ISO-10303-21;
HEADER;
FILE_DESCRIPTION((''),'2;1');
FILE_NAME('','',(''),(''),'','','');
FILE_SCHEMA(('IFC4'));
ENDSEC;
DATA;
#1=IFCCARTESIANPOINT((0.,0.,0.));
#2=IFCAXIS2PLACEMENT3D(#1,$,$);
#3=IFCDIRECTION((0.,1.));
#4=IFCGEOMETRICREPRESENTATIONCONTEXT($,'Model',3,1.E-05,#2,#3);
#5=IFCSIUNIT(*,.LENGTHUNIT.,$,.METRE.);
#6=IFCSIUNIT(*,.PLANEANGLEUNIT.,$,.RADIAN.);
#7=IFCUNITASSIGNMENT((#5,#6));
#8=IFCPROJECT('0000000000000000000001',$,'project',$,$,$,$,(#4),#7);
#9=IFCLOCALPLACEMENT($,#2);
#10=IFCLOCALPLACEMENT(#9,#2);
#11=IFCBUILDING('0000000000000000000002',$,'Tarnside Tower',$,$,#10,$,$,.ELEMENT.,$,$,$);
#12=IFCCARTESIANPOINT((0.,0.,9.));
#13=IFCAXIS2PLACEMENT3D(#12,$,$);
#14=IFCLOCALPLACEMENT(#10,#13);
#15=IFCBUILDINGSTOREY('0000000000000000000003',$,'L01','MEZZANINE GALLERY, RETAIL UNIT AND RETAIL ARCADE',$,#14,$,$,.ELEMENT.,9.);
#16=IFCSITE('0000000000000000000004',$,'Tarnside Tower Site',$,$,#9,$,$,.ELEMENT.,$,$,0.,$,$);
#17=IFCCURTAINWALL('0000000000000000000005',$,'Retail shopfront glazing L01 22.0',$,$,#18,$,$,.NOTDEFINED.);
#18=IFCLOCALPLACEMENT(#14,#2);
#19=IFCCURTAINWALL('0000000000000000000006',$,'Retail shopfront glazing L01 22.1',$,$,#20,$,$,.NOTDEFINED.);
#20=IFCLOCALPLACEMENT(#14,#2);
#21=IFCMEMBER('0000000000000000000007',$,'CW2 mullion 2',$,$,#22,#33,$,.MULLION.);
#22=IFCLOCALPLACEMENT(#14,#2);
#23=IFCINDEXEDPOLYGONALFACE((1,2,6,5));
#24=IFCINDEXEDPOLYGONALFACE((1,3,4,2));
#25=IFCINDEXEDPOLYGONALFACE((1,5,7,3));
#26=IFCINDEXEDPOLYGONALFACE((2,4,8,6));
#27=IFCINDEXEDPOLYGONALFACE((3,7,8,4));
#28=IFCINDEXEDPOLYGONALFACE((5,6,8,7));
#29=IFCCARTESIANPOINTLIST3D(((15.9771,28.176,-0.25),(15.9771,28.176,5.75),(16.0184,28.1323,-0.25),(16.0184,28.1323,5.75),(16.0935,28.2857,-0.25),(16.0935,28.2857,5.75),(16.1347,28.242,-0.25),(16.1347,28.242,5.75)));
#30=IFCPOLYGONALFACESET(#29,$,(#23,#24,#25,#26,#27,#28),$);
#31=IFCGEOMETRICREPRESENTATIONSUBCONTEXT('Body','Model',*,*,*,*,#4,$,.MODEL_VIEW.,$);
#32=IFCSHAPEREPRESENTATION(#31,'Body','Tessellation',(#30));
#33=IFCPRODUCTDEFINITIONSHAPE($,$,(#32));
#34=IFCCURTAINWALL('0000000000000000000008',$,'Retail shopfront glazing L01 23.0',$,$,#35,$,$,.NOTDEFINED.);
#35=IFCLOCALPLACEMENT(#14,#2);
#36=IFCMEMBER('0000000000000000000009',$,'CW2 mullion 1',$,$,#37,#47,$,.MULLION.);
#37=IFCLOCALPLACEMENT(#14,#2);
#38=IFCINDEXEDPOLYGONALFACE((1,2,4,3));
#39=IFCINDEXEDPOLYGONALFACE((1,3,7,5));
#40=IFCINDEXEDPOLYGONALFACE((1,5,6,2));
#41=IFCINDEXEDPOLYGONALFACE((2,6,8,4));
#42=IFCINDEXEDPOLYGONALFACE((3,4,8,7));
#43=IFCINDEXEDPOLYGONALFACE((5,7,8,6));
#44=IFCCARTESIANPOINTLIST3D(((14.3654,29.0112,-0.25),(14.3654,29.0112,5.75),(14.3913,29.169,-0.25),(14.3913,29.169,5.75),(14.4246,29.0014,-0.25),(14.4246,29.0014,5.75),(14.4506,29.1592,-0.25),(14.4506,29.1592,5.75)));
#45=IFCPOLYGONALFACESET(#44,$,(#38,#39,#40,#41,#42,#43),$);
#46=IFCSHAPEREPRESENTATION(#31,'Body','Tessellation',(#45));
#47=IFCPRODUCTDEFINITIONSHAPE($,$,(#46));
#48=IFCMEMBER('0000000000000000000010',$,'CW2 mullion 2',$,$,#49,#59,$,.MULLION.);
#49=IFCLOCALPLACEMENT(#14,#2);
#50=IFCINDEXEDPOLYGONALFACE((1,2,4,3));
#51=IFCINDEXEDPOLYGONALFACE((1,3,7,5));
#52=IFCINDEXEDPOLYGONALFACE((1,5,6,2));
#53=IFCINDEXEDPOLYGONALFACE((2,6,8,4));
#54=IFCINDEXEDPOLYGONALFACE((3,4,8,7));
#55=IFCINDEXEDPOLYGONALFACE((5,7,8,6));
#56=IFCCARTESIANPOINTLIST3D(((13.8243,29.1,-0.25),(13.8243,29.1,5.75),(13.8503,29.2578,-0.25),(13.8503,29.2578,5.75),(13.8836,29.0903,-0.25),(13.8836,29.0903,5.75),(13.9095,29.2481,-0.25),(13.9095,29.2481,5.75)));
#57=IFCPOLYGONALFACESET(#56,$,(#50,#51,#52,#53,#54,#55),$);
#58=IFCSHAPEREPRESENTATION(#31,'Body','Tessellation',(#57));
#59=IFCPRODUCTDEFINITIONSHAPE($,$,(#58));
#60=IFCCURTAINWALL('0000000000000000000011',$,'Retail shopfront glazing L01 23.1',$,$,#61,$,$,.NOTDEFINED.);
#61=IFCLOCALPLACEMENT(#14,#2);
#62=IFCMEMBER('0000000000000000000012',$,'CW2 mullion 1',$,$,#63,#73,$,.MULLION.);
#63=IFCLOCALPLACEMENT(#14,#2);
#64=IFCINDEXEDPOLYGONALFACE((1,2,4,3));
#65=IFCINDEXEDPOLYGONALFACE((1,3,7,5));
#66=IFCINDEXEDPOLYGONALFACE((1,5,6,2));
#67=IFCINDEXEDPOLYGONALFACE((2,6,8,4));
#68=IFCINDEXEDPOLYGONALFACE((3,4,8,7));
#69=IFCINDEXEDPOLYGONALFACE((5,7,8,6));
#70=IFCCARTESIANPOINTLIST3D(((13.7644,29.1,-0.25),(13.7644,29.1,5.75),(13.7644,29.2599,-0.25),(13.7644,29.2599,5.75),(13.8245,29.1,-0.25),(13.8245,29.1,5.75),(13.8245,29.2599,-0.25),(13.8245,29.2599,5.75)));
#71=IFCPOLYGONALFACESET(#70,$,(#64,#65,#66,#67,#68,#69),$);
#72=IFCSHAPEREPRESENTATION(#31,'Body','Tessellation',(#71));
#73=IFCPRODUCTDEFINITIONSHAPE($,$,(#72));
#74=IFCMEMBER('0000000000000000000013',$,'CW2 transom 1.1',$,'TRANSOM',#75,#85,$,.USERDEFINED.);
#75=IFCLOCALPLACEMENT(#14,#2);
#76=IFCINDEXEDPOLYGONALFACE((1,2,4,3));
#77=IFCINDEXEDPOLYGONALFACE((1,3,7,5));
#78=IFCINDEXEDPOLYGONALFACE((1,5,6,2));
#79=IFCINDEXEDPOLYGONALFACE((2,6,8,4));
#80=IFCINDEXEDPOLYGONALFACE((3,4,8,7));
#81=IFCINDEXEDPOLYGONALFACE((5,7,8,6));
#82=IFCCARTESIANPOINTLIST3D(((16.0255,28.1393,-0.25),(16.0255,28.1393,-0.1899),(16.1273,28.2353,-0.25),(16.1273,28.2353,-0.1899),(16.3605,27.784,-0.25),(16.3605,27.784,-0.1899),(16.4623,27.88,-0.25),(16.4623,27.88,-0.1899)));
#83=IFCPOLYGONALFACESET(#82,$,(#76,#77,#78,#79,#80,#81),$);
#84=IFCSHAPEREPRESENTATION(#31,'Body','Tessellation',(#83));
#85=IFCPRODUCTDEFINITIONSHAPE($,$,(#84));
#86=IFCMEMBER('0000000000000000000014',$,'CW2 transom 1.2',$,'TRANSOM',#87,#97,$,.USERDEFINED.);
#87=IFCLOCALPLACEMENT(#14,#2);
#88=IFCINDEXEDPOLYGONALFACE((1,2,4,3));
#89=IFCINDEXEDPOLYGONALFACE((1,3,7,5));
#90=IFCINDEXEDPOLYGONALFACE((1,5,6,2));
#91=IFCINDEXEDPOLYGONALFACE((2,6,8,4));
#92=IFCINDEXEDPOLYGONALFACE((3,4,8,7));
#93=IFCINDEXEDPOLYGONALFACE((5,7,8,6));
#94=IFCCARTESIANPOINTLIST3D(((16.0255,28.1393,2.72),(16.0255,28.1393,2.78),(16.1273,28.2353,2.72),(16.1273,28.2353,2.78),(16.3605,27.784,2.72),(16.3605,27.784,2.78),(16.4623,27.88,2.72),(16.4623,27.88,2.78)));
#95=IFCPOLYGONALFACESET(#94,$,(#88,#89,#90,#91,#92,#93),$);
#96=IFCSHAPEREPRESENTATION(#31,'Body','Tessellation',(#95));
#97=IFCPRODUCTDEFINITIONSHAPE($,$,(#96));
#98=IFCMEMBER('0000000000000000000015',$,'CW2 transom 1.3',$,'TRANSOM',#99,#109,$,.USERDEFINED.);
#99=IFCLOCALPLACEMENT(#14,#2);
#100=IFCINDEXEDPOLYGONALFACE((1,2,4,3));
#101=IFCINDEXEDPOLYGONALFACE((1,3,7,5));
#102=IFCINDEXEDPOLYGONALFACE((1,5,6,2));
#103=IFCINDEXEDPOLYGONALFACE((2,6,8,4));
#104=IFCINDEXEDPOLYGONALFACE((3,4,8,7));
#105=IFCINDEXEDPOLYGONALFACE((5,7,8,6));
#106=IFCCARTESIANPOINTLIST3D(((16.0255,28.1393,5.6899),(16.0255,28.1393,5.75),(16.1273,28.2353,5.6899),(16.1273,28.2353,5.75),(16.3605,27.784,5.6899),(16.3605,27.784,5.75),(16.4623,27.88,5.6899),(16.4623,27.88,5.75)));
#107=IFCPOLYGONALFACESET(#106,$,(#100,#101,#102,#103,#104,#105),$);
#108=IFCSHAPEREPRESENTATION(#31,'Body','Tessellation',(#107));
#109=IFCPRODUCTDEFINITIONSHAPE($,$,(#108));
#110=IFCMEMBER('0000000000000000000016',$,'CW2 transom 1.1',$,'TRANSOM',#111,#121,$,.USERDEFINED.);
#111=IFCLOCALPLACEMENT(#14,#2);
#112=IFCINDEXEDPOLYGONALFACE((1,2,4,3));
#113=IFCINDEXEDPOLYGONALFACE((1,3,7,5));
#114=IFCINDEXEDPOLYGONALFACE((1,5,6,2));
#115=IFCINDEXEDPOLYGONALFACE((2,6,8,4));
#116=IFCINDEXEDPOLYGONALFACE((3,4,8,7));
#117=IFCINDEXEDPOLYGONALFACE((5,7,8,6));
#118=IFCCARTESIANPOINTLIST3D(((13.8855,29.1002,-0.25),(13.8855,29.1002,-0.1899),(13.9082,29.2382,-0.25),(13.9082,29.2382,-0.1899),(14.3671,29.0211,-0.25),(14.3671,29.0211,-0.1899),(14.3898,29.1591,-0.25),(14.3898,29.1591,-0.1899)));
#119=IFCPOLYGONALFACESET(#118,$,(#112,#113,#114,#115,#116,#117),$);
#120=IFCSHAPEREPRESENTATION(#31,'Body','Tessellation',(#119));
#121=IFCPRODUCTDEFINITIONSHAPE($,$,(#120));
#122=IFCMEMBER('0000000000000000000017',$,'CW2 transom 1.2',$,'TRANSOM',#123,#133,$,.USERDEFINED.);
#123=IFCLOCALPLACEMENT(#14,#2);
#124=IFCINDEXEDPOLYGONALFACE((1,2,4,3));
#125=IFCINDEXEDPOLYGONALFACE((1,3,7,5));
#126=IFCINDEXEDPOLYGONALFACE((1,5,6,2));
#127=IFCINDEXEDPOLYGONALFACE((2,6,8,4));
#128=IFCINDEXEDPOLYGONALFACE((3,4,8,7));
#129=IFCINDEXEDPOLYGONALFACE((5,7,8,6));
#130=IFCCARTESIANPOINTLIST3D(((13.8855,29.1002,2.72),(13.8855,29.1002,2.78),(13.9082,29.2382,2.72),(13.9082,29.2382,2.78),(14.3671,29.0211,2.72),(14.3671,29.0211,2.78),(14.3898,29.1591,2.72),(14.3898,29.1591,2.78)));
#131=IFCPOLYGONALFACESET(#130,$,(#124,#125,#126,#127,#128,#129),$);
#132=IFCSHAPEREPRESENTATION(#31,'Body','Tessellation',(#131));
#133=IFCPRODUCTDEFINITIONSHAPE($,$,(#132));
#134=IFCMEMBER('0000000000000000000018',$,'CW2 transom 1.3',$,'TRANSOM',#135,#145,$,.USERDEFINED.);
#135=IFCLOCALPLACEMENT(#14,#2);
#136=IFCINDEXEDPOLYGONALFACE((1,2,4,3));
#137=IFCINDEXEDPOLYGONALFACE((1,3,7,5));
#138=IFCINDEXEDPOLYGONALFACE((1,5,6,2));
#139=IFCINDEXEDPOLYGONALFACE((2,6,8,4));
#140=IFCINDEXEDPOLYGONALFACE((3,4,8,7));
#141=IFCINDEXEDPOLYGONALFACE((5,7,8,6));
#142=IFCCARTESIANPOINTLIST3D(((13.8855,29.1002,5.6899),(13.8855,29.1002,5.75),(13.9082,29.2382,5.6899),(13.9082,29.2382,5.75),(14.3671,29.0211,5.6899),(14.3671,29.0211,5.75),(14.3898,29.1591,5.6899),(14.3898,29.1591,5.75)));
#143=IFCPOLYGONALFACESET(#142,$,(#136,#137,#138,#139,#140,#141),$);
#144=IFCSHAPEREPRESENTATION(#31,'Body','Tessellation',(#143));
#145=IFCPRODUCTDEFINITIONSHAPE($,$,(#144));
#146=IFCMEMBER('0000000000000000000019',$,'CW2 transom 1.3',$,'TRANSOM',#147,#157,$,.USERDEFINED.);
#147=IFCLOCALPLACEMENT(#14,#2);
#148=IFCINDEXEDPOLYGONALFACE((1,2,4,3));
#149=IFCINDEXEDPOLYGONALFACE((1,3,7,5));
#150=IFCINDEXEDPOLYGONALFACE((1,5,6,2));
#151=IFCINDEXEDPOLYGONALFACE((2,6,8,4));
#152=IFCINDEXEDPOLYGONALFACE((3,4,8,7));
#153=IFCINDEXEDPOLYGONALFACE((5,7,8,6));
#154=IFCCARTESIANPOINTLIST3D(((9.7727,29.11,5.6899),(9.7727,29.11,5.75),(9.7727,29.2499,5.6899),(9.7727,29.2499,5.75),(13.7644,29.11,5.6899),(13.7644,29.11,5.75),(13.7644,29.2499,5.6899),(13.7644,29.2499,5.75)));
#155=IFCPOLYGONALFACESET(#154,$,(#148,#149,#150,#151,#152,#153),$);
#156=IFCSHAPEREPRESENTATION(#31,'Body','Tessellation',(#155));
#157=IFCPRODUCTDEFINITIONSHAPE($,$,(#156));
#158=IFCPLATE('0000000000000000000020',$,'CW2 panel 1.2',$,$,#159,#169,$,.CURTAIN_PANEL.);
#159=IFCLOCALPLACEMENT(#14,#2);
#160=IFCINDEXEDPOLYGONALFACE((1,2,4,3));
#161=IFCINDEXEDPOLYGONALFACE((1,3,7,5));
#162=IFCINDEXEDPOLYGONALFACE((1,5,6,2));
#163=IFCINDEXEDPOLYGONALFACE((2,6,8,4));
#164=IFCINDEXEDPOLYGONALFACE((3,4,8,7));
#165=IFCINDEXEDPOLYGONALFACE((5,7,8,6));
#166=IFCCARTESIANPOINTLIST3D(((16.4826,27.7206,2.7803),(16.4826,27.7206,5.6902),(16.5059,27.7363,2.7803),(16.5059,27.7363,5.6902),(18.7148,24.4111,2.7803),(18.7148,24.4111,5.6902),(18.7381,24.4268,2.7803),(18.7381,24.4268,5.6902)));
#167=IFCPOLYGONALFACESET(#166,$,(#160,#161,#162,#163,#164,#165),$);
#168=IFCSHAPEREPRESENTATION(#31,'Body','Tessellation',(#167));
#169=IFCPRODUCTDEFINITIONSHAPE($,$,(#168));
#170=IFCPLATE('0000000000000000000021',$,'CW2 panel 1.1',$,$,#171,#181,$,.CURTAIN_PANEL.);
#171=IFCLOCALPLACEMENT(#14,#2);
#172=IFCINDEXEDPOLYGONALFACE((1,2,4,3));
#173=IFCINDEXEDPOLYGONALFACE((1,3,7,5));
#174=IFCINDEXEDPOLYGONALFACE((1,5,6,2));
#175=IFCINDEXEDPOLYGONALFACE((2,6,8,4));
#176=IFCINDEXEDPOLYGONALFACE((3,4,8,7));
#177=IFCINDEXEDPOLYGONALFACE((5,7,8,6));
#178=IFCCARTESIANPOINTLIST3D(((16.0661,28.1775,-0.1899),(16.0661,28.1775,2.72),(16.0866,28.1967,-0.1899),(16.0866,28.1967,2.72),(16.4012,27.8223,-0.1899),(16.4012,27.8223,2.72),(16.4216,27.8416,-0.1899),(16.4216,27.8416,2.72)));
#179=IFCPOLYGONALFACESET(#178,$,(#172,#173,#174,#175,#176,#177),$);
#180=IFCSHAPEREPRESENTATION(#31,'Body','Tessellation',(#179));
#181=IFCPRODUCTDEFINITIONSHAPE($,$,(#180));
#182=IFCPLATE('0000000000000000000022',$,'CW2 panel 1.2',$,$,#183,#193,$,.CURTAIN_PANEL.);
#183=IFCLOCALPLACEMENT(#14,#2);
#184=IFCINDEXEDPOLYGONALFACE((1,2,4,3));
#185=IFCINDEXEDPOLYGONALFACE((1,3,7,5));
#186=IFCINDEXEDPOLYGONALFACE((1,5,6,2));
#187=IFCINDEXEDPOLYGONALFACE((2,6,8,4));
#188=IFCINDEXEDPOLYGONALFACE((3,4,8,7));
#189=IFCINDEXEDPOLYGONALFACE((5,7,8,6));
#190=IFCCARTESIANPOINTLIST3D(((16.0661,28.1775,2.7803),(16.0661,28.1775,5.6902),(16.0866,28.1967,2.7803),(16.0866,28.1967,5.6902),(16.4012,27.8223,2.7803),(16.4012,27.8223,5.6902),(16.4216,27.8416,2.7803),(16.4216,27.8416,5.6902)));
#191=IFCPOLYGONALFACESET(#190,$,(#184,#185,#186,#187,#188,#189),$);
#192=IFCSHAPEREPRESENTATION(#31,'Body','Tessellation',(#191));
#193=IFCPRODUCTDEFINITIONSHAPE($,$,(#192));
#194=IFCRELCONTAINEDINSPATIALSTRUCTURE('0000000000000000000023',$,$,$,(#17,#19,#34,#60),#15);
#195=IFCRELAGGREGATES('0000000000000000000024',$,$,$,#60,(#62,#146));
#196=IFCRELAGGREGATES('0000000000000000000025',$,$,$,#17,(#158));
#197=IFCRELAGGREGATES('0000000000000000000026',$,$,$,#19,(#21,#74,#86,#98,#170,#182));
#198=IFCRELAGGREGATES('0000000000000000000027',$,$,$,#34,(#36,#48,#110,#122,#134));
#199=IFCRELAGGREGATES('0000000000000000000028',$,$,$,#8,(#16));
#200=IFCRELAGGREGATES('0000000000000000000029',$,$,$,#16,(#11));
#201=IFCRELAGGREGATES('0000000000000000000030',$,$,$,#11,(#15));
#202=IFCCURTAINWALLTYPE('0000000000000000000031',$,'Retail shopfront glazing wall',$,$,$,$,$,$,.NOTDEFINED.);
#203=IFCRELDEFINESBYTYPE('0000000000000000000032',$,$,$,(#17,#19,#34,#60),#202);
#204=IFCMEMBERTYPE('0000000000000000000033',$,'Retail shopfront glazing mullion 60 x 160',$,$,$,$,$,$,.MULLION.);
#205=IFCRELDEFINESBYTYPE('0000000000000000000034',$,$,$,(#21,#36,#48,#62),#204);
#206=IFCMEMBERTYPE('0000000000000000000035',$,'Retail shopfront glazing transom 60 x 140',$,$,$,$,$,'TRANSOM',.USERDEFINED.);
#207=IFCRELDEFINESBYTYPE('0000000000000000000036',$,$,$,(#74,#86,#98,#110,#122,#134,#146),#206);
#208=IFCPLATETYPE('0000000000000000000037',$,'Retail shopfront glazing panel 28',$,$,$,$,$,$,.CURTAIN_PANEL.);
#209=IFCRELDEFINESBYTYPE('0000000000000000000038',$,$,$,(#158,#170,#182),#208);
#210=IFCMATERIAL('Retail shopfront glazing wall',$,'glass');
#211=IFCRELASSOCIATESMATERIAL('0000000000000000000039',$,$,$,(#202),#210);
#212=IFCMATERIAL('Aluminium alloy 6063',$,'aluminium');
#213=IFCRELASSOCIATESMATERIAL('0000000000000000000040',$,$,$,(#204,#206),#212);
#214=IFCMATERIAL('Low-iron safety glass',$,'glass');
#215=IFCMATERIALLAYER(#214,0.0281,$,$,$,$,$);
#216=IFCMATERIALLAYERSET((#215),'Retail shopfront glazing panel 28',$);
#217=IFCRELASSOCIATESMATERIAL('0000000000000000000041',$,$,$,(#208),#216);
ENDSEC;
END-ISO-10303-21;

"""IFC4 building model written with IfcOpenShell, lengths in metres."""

from ifc_helpers import new_model, si_unit, direction, frame, origin, origin_2d, place, context, subcontext, project, spatial, rectangle, extrude, material, layer, layer_set, material_profile, profile_set, type_object, element, aggregate, save


model = new_model("IFC4")

# Units and contexts
model_context = context("Model", 3, precision=1e-05, world=origin(), true_north=direction((0.0, 1.0)))
body_context = subcontext(model_context, "Body", "Model", "MODEL_VIEW")
ifc_project = project(units=[si_unit("LENGTHUNIT", "METRE"), si_unit("PLANEANGLEUNIT", "RADIAN")], contexts=[model_context])

# Site, building, storey
site_placement = place(None, origin())
site = spatial("IfcSite", under=ifc_project, at=site_placement, Name="Tarnside Tower Site", CompositionType="ELEMENT", RefElevation=0.0)
building_placement = place(site_placement, origin())
building = spatial("IfcBuilding", under=site, at=building_placement, Name="Tarnside Tower", CompositionType="ELEMENT")
storey_placement = place(building_placement, frame((0.0, 0.0, 9.0)))
storey = spatial("IfcBuildingStorey", under=building, at=storey_placement, Name="L01", Description="MEZZANINE GALLERY, RETAIL UNIT AND RETAIL ARCADE", CompositionType="ELEMENT", Elevation=9.0)

# Curtain wall
ifc_material_1 = material(Name="Retail shopfront glazing wall", Category="glass")
curtain_wall_type = type_object("IfcCurtainWallType", Name="Retail shopfront glazing wall", PredefinedType="NOTDEFINED", material=ifc_material_1)
curtain_wall_1_placement = place(storey_placement, origin())
curtain_wall_1 = element("IfcCurtainWall", 1, at=curtain_wall_1_placement, inside=storey, type_object=curtain_wall_type, Name="Retail shopfront glazing L01 22.0", PredefinedType="NOTDEFINED")
ifc_material_2 = material(Name="Aluminium alloy 6063", Category="aluminium")
ifc_material_profile_1 = material_profile(ifc_material_2, rectangle(XDim=0.1599, YDim=0.0601, at=origin_2d()), Name="Retail shopfront glazing mullion 60 x 160")
ifc_profile_set_1 = profile_set([ifc_material_profile_1], Name="Aluminium alloy 6063")
member_type_1 = type_object("IfcMemberType", Name="Retail shopfront glazing mullion 60 x 160", PredefinedType="MULLION", material=ifc_profile_set_1)

# Curtain walls, members
curtain_wall_2_placement = place(storey_placement, origin())
curtain_wall_2 = element("IfcCurtainWall", 2, at=curtain_wall_2_placement, inside=storey, type_object=curtain_wall_type, Name="Retail shopfront glazing L01 22.1", PredefinedType="NOTDEFINED")
member_1_placement = place(storey_placement, frame((16.0559, 28.209, -0.25), z_axis=(0.0, 0.0, 1.0), x_axis=(-0.727374, -0.686242, 0.0)))
member_1 = element("IfcMember", 3, at=member_1_placement, type_object=member_type_1, Name="CW2 mullion 2", PredefinedType="MULLION", context=body_context, shape_type="SweptSolid", body=[
    extrude(rectangle(XDim=0.1599, YDim=0.0601, at=origin_2d()), origin(), (0.0, 0.0, 1.0), 6.0),
])
curtain_wall_3_placement = place(storey_placement, origin())
curtain_wall_3 = element("IfcCurtainWall", 4, at=curtain_wall_3_placement, inside=storey, type_object=curtain_wall_type, Name="Retail shopfront glazing L01 23.0", PredefinedType="NOTDEFINED")
member_2_placement = place(storey_placement, frame((14.408, 29.0852, -0.25), z_axis=(0.0, 0.0, 1.0), x_axis=(-0.162178, -0.986762, 0.0)))
member_2 = element("IfcMember", 5, at=member_2_placement, type_object=member_type_1, Name="CW2 mullion 1", PredefinedType="MULLION", context=body_context, shape_type="SweptSolid", body=[
    extrude(rectangle(XDim=0.1599, YDim=0.0601, at=origin_2d()), origin(), (0.0, 0.0, 1.0), 6.0),
])
member_3_placement = place(storey_placement, frame((13.8669, 29.1741, -0.25), z_axis=(0.0, 0.0, 1.0), x_axis=(-0.162178, -0.986762, 0.0)))
member_3 = element("IfcMember", 6, at=member_3_placement, type_object=member_type_1, Name="CW2 mullion 2", PredefinedType="MULLION", context=body_context, shape_type="SweptSolid", body=[
    extrude(rectangle(XDim=0.1599, YDim=0.0601, at=origin_2d()), origin(), (0.0, 0.0, 1.0), 6.0),
])

# Curtain wall, member
curtain_wall_4_placement = place(storey_placement, origin())
curtain_wall_4 = element("IfcCurtainWall", 7, at=curtain_wall_4_placement, inside=storey, type_object=curtain_wall_type, Name="Retail shopfront glazing L01 23.1", PredefinedType="NOTDEFINED")
member_4_placement = place(storey_placement, frame((13.7944, 29.1799, -0.25), z_axis=(0.0, 0.0, 1.0), x_axis=(0.0, -1.0, 0.0)))
member_4 = element("IfcMember", 8, at=member_4_placement, type_object=member_type_1, Name="CW2 mullion 1", PredefinedType="MULLION", context=body_context, shape_type="SweptSolid", body=[
    extrude(rectangle(XDim=0.1599, YDim=0.0601, at=origin_2d()), origin(), (0.0, 0.0, 1.0), 6.0),
])

# Members
ifc_material_profile_2 = material_profile(ifc_material_2, rectangle(XDim=0.1399, YDim=0.0601, at=origin_2d()), Name="Retail shopfront glazing transom 60 x 140")
ifc_profile_set_2 = profile_set([ifc_material_profile_2], Name="Aluminium alloy 6063")
member_type_2 = type_object("IfcMemberType", Name="Retail shopfront glazing transom 60 x 140", ElementType="TRANSOM", PredefinedType="USERDEFINED", material=ifc_profile_set_2)
member_5_placement = place(storey_placement, frame((16.4114, 27.832, -0.22), z_axis=(-0.686051, 0.727554, 0.0), x_axis=(-0.727554, -0.686051, 0.0)))
member_5 = element("IfcMember", 9, at=member_5_placement, type_object=member_type_2, Name="CW2 transom 1.1", ObjectType="TRANSOM", PredefinedType="USERDEFINED", context=body_context, shape_type="SweptSolid", body=[
    extrude(rectangle(XDim=0.1399, YDim=0.0601, at=origin_2d()), origin(), (0.0, 0.0, 1.0), 0.4883),
])
member_6_placement = place(storey_placement, frame((16.4114, 27.832, 2.75), z_axis=(-0.686051, 0.727554, 0.0), x_axis=(-0.727554, -0.686051, 0.0)))
member_6 = element("IfcMember", 10, at=member_6_placement, type_object=member_type_2, Name="CW2 transom 1.2", ObjectType="TRANSOM", PredefinedType="USERDEFINED", context=body_context, shape_type="SweptSolid", body=[
    extrude(rectangle(XDim=0.1399, YDim=0.0601, at=origin_2d()), origin(), (0.0, 0.0, 1.0), 0.4883),
])
member_7_placement = place(storey_placement, frame((16.4114, 27.832, 5.72), z_axis=(-0.686051, 0.727554, 0.0), x_axis=(-0.727554, -0.686051, 0.0)))
member_7 = element("IfcMember", 11, at=member_7_placement, type_object=member_type_2, Name="CW2 transom 1.3", ObjectType="TRANSOM", PredefinedType="USERDEFINED", context=body_context, shape_type="SweptSolid", body=[
    extrude(rectangle(XDim=0.1399, YDim=0.0601, at=origin_2d()), origin(), (0.0, 0.0, 1.0), 0.4883),
])
member_8_placement = place(storey_placement, frame((14.3784, 29.0901, -0.22), z_axis=(-0.986783, 0.162046, 0.0), x_axis=(-0.162046, -0.986783, 0.0)))
member_8 = element("IfcMember", 12, at=member_8_placement, type_object=member_type_2, Name="CW2 transom 1.1", ObjectType="TRANSOM", PredefinedType="USERDEFINED", context=body_context, shape_type="SweptSolid", body=[
    extrude(rectangle(XDim=0.1399, YDim=0.0601, at=origin_2d()), origin(), (0.0, 0.0, 1.0), 0.488),
])
member_9_placement = place(storey_placement, frame((14.3784, 29.0901, 2.75), z_axis=(-0.986783, 0.162046, 0.0), x_axis=(-0.162046, -0.986783, 0.0)))
member_9 = element("IfcMember", 13, at=member_9_placement, type_object=member_type_2, Name="CW2 transom 1.2", ObjectType="TRANSOM", PredefinedType="USERDEFINED", context=body_context, shape_type="SweptSolid", body=[
    extrude(rectangle(XDim=0.1399, YDim=0.0601, at=origin_2d()), origin(), (0.0, 0.0, 1.0), 0.488),
])
member_10_placement = place(storey_placement, frame((14.3784, 29.0901, 5.72), z_axis=(-0.986783, 0.162046, 0.0), x_axis=(-0.162046, -0.986783, 0.0)))
member_10 = element("IfcMember", 14, at=member_10_placement, type_object=member_type_2, Name="CW2 transom 1.3", ObjectType="TRANSOM", PredefinedType="USERDEFINED", context=body_context, shape_type="SweptSolid", body=[
    extrude(rectangle(XDim=0.1399, YDim=0.0601, at=origin_2d()), origin(), (0.0, 0.0, 1.0), 0.488),
])
member_11_placement = place(storey_placement, frame((13.7644, 29.1799, 5.72), z_axis=(-1.0, 0.0, 0.0), x_axis=(0.0, -1.0, 0.0)))
member_11 = element("IfcMember", 15, at=member_11_placement, type_object=member_type_2, Name="CW2 transom 1.3", ObjectType="TRANSOM", PredefinedType="USERDEFINED", context=body_context, shape_type="SweptSolid", body=[
    extrude(rectangle(XDim=0.1399, YDim=0.0601, at=origin_2d()), origin(), (0.0, 0.0, 1.0), 3.9917),
])
aggregate(curtain_wall_4, [member_4, member_11])

# Plates
ifc_material_3 = material(Name="Low-iron safety glass", Category="glass")
ifc_layer_1 = layer(ifc_material_3, 0.0281)
ifc_layer_set_1 = layer_set([ifc_layer_1], Name="Retail shopfront glazing panel 28")
plate_type = type_object("IfcPlateType", Name="Retail shopfront glazing panel 28", PredefinedType="CURTAIN_PANEL", material=ifc_layer_set_1)
plate_1_placement = place(storey_placement, frame((17.6104, 26.0737, 2.7803), z_axis=(0.0, 0.0, 1.0), x_axis=(-0.559193, 0.829038, 0.0)))
plate_1 = element("IfcPlate", 16, at=plate_1_placement, type_object=plate_type, Name="CW2 panel 1.2", PredefinedType="CURTAIN_PANEL", context=body_context, shape_type="SweptSolid", body=[
    extrude(rectangle(XDim=3.9919, YDim=0.0281, at=origin_2d()), origin(), (0.0, 0.0, 1.0), 2.9099),
])
aggregate(curtain_wall_1, [plate_1])
plate_2_placement = place(storey_placement, frame((16.2439, 28.0095, -0.1899), z_axis=(0.0, 0.0, 1.0), x_axis=(-0.686242, 0.727374, 0.0)))
plate_2 = element("IfcPlate", 17, at=plate_2_placement, type_object=plate_type, Name="CW2 panel 1.1", PredefinedType="CURTAIN_PANEL", context=body_context, shape_type="SweptSolid", body=[
    extrude(rectangle(XDim=0.4883, YDim=0.0281, at=origin_2d()), origin(), (0.0, 0.0, 1.0), 2.9099),
])
plate_3_placement = place(storey_placement, frame((16.2439, 28.0095, 2.7803), z_axis=(0.0, 0.0, 1.0), x_axis=(-0.686242, 0.727374, 0.0)))
plate_3 = element("IfcPlate", 18, at=plate_3_placement, type_object=plate_type, Name="CW2 panel 1.2", PredefinedType="CURTAIN_PANEL", context=body_context, shape_type="SweptSolid", body=[
    extrude(rectangle(XDim=0.4883, YDim=0.0281, at=origin_2d()), origin(), (0.0, 0.0, 1.0), 2.9099),
])
aggregate(curtain_wall_2, [member_1, member_5, member_6, member_7, plate_2, plate_3])
aggregate(curtain_wall_3, [member_2, member_3, member_8, member_9, member_10])

save(model, "model.ifc")
